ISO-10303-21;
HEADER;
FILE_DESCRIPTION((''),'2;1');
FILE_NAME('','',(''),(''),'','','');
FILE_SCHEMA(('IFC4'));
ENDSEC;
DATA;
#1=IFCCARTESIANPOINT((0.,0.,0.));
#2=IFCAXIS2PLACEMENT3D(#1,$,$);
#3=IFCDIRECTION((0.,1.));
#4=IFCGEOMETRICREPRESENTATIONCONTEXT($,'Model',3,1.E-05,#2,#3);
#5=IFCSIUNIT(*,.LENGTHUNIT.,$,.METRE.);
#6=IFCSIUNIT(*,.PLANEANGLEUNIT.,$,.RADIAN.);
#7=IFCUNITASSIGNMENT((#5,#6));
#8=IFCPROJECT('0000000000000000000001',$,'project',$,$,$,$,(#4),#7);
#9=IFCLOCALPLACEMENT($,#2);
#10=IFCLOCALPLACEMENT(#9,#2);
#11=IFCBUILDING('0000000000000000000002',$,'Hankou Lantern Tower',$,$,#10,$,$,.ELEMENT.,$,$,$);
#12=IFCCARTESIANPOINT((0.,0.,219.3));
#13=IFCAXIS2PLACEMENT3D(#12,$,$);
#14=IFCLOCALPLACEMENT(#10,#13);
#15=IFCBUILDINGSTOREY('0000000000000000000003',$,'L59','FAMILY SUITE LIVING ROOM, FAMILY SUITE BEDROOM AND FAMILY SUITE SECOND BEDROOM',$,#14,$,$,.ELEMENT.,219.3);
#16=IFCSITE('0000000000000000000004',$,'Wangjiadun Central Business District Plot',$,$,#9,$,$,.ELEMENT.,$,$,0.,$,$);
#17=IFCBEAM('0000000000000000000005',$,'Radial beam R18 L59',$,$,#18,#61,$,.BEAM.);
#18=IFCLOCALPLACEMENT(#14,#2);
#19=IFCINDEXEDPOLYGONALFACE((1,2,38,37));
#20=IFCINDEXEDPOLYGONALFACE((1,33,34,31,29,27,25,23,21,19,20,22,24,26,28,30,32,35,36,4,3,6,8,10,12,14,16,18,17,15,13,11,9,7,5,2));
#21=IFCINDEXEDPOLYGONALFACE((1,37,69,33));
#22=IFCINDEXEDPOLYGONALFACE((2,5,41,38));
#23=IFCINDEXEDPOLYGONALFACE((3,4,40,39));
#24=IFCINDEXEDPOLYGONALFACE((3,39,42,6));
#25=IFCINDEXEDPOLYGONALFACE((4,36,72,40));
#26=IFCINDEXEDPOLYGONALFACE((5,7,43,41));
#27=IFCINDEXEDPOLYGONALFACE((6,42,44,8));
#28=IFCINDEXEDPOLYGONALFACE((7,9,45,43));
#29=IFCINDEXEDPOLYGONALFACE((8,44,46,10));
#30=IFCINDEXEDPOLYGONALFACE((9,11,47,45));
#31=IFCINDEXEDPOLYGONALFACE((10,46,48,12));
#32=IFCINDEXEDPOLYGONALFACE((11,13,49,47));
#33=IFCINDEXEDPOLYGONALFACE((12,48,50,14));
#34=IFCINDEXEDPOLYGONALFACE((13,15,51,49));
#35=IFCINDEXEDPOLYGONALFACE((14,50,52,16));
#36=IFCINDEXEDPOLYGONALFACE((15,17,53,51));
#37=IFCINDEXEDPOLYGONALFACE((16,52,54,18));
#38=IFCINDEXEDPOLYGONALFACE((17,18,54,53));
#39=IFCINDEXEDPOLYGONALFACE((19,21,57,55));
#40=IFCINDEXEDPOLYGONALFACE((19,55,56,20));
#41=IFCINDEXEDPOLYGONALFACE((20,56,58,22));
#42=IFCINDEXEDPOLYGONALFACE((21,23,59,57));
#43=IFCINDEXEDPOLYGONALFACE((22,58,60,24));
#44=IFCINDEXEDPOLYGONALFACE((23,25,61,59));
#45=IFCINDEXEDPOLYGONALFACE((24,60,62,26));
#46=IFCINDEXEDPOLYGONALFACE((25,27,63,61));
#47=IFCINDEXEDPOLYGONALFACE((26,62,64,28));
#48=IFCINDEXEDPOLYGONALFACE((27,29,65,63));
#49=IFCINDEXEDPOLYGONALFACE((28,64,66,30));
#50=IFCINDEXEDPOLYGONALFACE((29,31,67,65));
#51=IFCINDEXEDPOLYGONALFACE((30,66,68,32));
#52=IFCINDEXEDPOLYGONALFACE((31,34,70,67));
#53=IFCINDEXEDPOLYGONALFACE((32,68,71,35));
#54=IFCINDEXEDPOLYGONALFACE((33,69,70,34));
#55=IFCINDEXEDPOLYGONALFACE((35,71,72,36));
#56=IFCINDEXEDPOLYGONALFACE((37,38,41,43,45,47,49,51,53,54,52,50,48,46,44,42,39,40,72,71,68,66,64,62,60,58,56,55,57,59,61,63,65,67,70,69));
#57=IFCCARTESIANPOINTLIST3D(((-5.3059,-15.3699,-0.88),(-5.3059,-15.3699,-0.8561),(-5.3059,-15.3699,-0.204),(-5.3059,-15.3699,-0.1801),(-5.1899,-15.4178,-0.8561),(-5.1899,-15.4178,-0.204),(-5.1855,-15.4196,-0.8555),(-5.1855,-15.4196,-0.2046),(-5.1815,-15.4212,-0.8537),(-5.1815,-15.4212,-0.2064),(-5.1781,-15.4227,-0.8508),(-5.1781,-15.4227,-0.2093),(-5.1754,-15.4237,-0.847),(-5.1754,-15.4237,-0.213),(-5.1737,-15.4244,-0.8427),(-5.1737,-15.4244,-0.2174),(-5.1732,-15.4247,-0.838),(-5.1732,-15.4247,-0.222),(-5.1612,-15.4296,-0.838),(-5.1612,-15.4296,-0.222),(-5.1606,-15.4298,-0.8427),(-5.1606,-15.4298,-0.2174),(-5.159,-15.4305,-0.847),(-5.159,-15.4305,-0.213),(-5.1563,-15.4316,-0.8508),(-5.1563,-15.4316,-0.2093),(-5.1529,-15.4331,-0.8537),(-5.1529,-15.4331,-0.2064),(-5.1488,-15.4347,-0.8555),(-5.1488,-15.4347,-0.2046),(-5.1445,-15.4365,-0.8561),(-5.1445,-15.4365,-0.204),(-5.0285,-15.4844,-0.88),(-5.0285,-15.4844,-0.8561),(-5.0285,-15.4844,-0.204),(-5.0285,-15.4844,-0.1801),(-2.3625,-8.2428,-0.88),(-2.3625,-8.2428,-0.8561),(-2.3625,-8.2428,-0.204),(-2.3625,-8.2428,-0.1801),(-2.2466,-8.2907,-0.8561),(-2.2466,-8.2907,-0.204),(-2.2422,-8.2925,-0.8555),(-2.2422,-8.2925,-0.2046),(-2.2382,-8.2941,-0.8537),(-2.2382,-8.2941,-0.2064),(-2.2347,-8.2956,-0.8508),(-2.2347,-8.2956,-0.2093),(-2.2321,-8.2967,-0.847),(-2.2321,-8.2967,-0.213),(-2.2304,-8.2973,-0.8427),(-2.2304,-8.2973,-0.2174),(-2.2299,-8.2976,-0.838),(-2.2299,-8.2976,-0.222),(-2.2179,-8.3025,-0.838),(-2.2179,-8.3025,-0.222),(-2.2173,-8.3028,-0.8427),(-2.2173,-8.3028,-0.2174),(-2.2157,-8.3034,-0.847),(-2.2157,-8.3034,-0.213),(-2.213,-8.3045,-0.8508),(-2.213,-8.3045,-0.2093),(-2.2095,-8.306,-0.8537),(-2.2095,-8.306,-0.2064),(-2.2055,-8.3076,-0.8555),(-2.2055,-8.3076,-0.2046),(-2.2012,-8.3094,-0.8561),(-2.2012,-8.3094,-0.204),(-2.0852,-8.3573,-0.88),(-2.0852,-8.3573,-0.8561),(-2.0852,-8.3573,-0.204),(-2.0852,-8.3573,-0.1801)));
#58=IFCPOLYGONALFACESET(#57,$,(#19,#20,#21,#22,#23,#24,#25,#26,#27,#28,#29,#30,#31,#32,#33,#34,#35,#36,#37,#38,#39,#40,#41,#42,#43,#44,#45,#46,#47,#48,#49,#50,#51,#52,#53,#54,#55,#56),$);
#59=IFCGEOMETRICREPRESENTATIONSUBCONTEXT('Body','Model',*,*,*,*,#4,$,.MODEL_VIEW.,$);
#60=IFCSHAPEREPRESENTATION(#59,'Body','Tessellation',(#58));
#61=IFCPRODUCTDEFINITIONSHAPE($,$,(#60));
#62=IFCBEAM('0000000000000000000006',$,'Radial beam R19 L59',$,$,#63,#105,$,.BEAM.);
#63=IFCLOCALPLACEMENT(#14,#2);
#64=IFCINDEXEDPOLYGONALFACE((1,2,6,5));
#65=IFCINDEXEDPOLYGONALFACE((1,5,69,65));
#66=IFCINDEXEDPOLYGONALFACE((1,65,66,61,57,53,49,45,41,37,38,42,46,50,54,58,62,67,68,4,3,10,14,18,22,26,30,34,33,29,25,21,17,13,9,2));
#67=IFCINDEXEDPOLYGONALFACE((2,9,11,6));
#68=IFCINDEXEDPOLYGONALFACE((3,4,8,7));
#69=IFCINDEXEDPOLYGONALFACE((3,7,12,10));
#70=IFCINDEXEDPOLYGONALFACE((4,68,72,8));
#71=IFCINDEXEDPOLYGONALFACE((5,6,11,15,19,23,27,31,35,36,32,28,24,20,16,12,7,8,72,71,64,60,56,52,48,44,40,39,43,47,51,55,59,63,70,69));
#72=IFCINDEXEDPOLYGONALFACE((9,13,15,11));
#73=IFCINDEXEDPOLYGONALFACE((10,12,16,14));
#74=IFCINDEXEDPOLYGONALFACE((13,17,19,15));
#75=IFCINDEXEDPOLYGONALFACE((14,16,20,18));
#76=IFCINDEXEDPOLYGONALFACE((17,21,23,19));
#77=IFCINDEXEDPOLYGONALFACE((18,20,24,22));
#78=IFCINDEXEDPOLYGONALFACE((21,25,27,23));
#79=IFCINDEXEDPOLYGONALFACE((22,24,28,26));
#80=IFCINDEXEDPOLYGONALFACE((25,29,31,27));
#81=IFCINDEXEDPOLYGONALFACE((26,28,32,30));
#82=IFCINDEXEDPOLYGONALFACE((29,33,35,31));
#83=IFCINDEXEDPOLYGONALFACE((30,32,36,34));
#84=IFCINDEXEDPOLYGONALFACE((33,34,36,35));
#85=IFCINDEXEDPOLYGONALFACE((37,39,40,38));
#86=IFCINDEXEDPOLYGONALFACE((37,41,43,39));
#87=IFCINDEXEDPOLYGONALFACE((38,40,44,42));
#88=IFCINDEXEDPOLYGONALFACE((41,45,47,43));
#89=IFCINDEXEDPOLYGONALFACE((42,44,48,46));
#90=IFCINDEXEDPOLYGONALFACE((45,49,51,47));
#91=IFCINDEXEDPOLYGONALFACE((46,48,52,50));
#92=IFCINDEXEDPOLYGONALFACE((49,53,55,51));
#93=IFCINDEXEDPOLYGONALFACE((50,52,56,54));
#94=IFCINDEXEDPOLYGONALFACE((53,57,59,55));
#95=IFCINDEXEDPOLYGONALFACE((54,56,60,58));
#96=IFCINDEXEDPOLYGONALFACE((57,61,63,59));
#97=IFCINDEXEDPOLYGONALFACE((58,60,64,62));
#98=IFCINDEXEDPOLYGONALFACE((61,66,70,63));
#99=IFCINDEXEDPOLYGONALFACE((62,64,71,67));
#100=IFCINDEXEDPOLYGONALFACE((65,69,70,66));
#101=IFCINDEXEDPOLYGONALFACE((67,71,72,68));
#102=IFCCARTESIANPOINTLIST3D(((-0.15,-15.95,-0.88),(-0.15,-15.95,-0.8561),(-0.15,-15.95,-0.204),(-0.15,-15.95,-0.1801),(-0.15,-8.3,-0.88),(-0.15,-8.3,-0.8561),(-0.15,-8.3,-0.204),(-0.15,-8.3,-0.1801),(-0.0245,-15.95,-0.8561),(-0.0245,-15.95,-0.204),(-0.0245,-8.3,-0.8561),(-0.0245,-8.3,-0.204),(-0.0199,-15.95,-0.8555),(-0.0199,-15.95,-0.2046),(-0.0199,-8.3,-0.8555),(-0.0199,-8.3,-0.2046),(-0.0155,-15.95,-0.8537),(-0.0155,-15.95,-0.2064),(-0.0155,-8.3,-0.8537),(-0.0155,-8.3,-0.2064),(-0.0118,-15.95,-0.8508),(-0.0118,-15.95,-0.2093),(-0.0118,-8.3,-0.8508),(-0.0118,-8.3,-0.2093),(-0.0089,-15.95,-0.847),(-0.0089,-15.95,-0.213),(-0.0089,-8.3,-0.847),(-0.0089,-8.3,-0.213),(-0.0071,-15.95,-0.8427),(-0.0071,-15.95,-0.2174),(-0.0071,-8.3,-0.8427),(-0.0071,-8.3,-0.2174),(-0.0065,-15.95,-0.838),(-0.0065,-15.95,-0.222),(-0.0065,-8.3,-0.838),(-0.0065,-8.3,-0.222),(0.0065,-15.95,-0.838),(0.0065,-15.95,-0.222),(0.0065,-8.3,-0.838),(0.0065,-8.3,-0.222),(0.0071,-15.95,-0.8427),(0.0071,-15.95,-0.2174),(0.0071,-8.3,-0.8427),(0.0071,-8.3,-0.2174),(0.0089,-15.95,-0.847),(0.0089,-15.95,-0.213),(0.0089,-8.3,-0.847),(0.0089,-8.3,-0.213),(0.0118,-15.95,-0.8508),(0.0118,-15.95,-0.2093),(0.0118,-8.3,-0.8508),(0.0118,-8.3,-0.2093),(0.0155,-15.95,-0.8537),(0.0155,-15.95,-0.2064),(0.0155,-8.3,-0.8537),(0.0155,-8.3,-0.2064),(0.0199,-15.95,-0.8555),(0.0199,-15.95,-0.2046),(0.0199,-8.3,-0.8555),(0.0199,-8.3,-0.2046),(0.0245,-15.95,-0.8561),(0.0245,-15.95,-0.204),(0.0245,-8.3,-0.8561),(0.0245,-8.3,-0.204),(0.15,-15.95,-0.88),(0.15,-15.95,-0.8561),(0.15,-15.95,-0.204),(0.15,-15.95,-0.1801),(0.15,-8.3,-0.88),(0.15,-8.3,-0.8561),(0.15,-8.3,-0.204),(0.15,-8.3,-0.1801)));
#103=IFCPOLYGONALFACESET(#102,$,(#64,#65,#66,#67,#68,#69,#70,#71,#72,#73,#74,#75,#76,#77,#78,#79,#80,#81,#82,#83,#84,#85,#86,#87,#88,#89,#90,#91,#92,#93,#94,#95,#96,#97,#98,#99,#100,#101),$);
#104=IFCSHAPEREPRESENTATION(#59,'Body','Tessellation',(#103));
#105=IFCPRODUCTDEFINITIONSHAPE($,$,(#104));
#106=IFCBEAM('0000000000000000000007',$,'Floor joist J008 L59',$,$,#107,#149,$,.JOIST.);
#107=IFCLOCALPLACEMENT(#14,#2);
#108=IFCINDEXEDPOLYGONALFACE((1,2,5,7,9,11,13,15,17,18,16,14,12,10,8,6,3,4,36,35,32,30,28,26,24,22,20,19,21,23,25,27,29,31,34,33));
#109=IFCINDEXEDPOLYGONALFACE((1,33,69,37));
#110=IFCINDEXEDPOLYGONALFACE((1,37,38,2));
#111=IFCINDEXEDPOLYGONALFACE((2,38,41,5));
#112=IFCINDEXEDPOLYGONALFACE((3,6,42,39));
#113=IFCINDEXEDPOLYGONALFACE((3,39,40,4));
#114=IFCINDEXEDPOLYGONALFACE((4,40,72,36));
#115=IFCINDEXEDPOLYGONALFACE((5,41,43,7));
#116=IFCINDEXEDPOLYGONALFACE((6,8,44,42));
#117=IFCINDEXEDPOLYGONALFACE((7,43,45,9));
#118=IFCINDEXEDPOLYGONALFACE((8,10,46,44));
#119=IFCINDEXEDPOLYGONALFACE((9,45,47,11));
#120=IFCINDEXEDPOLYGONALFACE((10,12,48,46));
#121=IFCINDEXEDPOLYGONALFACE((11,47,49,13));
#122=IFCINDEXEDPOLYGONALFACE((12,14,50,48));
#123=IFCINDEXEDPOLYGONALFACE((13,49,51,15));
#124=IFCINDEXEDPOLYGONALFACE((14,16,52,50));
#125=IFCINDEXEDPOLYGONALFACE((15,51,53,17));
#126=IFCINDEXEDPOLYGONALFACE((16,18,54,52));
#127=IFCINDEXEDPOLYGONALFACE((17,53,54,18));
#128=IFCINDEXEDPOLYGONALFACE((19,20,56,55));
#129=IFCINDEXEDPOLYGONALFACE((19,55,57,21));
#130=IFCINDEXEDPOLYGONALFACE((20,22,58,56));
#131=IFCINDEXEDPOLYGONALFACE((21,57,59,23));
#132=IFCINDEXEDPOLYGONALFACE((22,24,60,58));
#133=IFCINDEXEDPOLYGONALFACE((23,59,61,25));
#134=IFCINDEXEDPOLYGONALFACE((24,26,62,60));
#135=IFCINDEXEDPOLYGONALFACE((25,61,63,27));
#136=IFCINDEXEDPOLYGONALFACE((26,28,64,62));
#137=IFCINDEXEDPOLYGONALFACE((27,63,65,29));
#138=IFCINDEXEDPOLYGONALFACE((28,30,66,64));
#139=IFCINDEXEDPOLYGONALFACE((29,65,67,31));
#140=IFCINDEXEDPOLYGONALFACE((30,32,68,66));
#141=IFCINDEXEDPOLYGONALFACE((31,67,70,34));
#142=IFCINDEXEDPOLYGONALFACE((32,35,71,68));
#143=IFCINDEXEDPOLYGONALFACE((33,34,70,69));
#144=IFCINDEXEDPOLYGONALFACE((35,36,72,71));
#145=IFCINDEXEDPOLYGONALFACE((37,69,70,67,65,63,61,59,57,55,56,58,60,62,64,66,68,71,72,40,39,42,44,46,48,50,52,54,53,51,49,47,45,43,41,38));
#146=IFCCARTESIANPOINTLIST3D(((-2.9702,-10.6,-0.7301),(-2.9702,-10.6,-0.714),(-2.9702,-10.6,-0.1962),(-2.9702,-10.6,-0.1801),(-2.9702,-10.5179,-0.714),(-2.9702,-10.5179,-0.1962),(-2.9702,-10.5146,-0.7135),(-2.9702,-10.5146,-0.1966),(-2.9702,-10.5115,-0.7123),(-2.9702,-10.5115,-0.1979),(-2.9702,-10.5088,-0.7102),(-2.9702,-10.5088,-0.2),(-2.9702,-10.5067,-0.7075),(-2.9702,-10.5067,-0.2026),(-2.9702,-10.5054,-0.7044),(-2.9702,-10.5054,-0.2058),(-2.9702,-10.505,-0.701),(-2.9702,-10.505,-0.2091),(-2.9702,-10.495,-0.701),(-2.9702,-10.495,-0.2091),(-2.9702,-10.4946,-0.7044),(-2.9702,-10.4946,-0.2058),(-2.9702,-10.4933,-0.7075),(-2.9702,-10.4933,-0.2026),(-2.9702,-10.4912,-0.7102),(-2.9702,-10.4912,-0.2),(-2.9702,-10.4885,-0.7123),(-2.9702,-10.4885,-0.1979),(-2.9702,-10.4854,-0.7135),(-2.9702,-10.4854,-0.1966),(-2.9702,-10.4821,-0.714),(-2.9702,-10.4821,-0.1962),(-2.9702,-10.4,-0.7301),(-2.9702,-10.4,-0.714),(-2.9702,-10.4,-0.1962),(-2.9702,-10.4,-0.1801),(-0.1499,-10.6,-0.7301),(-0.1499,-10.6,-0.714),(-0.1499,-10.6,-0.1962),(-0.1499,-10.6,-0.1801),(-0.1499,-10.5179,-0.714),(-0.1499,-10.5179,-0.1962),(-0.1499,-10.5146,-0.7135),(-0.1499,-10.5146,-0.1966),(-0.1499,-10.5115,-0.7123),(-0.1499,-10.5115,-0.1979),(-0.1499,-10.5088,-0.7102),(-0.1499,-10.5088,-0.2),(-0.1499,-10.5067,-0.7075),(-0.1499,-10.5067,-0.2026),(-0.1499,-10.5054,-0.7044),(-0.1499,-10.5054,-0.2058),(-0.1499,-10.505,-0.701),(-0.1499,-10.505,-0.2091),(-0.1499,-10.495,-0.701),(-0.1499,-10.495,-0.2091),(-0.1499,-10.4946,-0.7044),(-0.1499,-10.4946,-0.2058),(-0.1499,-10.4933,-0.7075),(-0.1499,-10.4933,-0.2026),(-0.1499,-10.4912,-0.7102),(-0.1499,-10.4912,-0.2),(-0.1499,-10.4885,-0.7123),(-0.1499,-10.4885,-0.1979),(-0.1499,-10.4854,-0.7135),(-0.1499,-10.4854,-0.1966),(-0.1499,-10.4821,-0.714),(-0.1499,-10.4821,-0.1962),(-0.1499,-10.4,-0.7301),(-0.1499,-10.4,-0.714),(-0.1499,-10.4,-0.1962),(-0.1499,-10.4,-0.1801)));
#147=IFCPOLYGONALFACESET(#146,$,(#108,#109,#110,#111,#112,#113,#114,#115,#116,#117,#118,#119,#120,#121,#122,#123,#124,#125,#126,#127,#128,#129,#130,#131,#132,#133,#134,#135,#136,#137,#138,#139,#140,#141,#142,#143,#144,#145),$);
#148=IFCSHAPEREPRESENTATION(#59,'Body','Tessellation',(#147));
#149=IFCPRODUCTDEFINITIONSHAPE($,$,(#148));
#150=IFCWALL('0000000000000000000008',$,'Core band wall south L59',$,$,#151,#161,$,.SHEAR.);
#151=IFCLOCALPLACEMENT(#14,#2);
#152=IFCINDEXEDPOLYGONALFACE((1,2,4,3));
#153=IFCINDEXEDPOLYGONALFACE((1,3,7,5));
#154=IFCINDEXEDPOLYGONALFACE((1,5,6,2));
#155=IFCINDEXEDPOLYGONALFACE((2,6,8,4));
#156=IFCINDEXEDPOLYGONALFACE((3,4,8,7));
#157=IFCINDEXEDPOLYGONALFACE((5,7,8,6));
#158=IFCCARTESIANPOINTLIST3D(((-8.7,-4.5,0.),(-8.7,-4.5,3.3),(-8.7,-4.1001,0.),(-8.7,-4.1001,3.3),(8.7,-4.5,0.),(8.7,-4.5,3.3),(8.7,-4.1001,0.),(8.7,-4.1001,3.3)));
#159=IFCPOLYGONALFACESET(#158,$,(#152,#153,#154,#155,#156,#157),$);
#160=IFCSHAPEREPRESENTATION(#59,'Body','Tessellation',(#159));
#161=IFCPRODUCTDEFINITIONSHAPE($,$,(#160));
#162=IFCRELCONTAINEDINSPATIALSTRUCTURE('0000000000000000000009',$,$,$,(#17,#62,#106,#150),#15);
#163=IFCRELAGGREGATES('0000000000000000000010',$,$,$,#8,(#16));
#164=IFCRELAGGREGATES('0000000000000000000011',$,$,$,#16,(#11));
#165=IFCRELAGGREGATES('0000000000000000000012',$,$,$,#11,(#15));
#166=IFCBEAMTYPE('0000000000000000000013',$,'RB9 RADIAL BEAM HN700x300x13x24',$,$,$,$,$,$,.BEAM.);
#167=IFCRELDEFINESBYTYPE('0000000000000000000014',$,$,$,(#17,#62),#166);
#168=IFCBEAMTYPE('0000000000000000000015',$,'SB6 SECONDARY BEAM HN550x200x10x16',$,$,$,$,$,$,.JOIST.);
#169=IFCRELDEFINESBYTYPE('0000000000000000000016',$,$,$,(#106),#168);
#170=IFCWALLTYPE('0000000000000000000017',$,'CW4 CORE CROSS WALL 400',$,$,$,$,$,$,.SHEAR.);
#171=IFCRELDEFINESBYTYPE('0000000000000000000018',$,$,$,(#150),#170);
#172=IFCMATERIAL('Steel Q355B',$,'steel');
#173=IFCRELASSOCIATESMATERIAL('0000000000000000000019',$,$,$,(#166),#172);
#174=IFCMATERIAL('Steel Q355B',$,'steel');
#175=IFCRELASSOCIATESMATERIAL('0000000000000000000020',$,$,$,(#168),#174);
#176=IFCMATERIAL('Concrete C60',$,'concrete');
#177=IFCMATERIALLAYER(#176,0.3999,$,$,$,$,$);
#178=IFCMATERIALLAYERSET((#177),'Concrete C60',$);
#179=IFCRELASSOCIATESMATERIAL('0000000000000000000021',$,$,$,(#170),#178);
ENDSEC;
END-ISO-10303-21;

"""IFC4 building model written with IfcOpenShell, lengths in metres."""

from ifc_helpers import new_model, si_unit, direction, frame, frame_2d, origin, origin_2d, place, context, subcontext, project, spatial, rectangle, i_section, extrude, material, layer, layer_set, material_profile, profile_set, type_object, element, save


model = new_model("IFC4")

# Units and contexts
model_context = context("Model", 3, precision=1e-05, world=origin(), true_north=direction((0.0, 1.0)))
body_context = subcontext(model_context, "Body", "Model", "MODEL_VIEW")
ifc_project = project(units=[si_unit("LENGTHUNIT", "METRE"), si_unit("PLANEANGLEUNIT", "RADIAN")], contexts=[model_context])

# Site, building, storey
site_placement = place(None, origin())
site = spatial("IfcSite", under=ifc_project, at=site_placement, Name="Wangjiadun Central Business District Plot", CompositionType="ELEMENT", RefElevation=0.0)
building_placement = place(site_placement, origin())
building = spatial("IfcBuilding", under=site, at=building_placement, Name="Hankou Lantern Tower", CompositionType="ELEMENT")
storey_placement = place(building_placement, frame((0.0, 0.0, 219.3)))
storey = spatial("IfcBuildingStorey", under=building, at=storey_placement, Name="L59", Description="FAMILY SUITE LIVING ROOM, FAMILY SUITE BEDROOM AND FAMILY SUITE SECOND BEDROOM", CompositionType="ELEMENT", Elevation=219.3)

# Beams
ifc_material_1 = material(Name="Steel Q355B", Category="steel")
ifc_material_profile_1 = material_profile(ifc_material_1, i_section(OverallWidth=0.3, OverallDepth=0.7, WebThickness=0.0129, FlangeThickness=0.0239, FilletRadius=0.0181, at=origin_2d()), Name="HN700x300x13x24")
ifc_profile_set_1 = profile_set([ifc_material_profile_1], Name="Steel Q355B")
beam_type_1 = type_object("IfcBeamType", Name="RB9 RADIAL BEAM HN700x300x13x24", PredefinedType="BEAM", material=ifc_profile_set_1)
beam_1_placement = place(storey_placement, frame((-2.2239, -8.3, -0.53), z_axis=(-0.381707, -0.924284, 0.0), x_axis=(0.924284, -0.381707, 0.0)))
element("IfcBeam", 1, at=beam_1_placement, inside=storey, type_object=beam_type_1, Name="Radial beam R18 L59", PredefinedType="BEAM", context=body_context, shape_type="SweptSolid", body=[
    extrude(i_section(OverallWidth=0.3, OverallDepth=0.7, WebThickness=0.0129, FlangeThickness=0.0239, FilletRadius=0.0181, at=origin_2d()), origin(), (0.0, 0.0, 1.0), 7.7109),
])
beam_2_placement = place(storey_placement, frame((0.0, -8.3, -0.53), z_axis=(0.0, -1.0, 0.0), x_axis=(1.0, 0.0, 0.0)))
element("IfcBeam", 2, at=beam_2_placement, inside=storey, type_object=beam_type_1, Name="Radial beam R19 L59", PredefinedType="BEAM", context=body_context, shape_type="SweptSolid", body=[
    extrude(i_section(OverallWidth=0.3, OverallDepth=0.7, WebThickness=0.0129, FlangeThickness=0.0239, FilletRadius=0.0181, at=origin_2d()), origin(), (0.0, 0.0, 1.0), 7.6499),
])
ifc_material_2 = material(Name="Steel Q355B", Category="steel")
ifc_material_profile_2 = material_profile(ifc_material_2, i_section(OverallWidth=0.2, OverallDepth=0.55, WebThickness=0.01, FlangeThickness=0.0161, FilletRadius=0.0129, at=origin_2d()), Name="HN550x200x10x16")
ifc_profile_set_2 = profile_set([ifc_material_profile_2], Name="Steel Q355B")
beam_type_2 = type_object("IfcBeamType", Name="SB6 SECONDARY BEAM HN550x200x10x16", PredefinedType="JOIST", material=ifc_profile_set_2)
beam_3_placement = place(storey_placement, frame((-2.9702, -10.5, -0.4551), z_axis=(1.0, 0.0, 0.0), x_axis=(0.0, 1.0, 0.0)))
element("IfcBeam", 3, at=beam_3_placement, inside=storey, type_object=beam_type_2, Name="Floor joist J008 L59", PredefinedType="JOIST", context=body_context, shape_type="SweptSolid", body=[
    extrude(i_section(OverallWidth=0.2, OverallDepth=0.55, WebThickness=0.01, FlangeThickness=0.0161, FilletRadius=0.0129, at=origin_2d()), origin(), (0.0, 0.0, 1.0), 2.8203),
])

# Wall
ifc_material_3 = material(Name="Concrete C60", Category="concrete")
ifc_layer_1 = layer(ifc_material_3, 0.3999)
ifc_layer_set_1 = layer_set([ifc_layer_1], Name="Concrete C60")
wall_type_1 = type_object("IfcWallType", Name="CW4 CORE CROSS WALL 400", PredefinedType="SHEAR", material=ifc_layer_set_1)
wall_1_placement = place(storey_placement, frame((-8.7, -4.3, 0.0), z_axis=(0.0, 0.0, 1.0), x_axis=(1.0, 0.0, 0.0)))
element("IfcWall", 4, at=wall_1_placement, inside=storey, type_object=wall_type_1, Name="Core band wall south L59", PredefinedType="SHEAR", context=body_context, shape_type="SweptSolid", body=[
    extrude(rectangle(XDim=17.3999, YDim=0.3999, at=frame_2d((8.7, 0.0))), origin(), (0.0, 0.0, 1.0), 3.3),
])

save(model, "model.ifc")
